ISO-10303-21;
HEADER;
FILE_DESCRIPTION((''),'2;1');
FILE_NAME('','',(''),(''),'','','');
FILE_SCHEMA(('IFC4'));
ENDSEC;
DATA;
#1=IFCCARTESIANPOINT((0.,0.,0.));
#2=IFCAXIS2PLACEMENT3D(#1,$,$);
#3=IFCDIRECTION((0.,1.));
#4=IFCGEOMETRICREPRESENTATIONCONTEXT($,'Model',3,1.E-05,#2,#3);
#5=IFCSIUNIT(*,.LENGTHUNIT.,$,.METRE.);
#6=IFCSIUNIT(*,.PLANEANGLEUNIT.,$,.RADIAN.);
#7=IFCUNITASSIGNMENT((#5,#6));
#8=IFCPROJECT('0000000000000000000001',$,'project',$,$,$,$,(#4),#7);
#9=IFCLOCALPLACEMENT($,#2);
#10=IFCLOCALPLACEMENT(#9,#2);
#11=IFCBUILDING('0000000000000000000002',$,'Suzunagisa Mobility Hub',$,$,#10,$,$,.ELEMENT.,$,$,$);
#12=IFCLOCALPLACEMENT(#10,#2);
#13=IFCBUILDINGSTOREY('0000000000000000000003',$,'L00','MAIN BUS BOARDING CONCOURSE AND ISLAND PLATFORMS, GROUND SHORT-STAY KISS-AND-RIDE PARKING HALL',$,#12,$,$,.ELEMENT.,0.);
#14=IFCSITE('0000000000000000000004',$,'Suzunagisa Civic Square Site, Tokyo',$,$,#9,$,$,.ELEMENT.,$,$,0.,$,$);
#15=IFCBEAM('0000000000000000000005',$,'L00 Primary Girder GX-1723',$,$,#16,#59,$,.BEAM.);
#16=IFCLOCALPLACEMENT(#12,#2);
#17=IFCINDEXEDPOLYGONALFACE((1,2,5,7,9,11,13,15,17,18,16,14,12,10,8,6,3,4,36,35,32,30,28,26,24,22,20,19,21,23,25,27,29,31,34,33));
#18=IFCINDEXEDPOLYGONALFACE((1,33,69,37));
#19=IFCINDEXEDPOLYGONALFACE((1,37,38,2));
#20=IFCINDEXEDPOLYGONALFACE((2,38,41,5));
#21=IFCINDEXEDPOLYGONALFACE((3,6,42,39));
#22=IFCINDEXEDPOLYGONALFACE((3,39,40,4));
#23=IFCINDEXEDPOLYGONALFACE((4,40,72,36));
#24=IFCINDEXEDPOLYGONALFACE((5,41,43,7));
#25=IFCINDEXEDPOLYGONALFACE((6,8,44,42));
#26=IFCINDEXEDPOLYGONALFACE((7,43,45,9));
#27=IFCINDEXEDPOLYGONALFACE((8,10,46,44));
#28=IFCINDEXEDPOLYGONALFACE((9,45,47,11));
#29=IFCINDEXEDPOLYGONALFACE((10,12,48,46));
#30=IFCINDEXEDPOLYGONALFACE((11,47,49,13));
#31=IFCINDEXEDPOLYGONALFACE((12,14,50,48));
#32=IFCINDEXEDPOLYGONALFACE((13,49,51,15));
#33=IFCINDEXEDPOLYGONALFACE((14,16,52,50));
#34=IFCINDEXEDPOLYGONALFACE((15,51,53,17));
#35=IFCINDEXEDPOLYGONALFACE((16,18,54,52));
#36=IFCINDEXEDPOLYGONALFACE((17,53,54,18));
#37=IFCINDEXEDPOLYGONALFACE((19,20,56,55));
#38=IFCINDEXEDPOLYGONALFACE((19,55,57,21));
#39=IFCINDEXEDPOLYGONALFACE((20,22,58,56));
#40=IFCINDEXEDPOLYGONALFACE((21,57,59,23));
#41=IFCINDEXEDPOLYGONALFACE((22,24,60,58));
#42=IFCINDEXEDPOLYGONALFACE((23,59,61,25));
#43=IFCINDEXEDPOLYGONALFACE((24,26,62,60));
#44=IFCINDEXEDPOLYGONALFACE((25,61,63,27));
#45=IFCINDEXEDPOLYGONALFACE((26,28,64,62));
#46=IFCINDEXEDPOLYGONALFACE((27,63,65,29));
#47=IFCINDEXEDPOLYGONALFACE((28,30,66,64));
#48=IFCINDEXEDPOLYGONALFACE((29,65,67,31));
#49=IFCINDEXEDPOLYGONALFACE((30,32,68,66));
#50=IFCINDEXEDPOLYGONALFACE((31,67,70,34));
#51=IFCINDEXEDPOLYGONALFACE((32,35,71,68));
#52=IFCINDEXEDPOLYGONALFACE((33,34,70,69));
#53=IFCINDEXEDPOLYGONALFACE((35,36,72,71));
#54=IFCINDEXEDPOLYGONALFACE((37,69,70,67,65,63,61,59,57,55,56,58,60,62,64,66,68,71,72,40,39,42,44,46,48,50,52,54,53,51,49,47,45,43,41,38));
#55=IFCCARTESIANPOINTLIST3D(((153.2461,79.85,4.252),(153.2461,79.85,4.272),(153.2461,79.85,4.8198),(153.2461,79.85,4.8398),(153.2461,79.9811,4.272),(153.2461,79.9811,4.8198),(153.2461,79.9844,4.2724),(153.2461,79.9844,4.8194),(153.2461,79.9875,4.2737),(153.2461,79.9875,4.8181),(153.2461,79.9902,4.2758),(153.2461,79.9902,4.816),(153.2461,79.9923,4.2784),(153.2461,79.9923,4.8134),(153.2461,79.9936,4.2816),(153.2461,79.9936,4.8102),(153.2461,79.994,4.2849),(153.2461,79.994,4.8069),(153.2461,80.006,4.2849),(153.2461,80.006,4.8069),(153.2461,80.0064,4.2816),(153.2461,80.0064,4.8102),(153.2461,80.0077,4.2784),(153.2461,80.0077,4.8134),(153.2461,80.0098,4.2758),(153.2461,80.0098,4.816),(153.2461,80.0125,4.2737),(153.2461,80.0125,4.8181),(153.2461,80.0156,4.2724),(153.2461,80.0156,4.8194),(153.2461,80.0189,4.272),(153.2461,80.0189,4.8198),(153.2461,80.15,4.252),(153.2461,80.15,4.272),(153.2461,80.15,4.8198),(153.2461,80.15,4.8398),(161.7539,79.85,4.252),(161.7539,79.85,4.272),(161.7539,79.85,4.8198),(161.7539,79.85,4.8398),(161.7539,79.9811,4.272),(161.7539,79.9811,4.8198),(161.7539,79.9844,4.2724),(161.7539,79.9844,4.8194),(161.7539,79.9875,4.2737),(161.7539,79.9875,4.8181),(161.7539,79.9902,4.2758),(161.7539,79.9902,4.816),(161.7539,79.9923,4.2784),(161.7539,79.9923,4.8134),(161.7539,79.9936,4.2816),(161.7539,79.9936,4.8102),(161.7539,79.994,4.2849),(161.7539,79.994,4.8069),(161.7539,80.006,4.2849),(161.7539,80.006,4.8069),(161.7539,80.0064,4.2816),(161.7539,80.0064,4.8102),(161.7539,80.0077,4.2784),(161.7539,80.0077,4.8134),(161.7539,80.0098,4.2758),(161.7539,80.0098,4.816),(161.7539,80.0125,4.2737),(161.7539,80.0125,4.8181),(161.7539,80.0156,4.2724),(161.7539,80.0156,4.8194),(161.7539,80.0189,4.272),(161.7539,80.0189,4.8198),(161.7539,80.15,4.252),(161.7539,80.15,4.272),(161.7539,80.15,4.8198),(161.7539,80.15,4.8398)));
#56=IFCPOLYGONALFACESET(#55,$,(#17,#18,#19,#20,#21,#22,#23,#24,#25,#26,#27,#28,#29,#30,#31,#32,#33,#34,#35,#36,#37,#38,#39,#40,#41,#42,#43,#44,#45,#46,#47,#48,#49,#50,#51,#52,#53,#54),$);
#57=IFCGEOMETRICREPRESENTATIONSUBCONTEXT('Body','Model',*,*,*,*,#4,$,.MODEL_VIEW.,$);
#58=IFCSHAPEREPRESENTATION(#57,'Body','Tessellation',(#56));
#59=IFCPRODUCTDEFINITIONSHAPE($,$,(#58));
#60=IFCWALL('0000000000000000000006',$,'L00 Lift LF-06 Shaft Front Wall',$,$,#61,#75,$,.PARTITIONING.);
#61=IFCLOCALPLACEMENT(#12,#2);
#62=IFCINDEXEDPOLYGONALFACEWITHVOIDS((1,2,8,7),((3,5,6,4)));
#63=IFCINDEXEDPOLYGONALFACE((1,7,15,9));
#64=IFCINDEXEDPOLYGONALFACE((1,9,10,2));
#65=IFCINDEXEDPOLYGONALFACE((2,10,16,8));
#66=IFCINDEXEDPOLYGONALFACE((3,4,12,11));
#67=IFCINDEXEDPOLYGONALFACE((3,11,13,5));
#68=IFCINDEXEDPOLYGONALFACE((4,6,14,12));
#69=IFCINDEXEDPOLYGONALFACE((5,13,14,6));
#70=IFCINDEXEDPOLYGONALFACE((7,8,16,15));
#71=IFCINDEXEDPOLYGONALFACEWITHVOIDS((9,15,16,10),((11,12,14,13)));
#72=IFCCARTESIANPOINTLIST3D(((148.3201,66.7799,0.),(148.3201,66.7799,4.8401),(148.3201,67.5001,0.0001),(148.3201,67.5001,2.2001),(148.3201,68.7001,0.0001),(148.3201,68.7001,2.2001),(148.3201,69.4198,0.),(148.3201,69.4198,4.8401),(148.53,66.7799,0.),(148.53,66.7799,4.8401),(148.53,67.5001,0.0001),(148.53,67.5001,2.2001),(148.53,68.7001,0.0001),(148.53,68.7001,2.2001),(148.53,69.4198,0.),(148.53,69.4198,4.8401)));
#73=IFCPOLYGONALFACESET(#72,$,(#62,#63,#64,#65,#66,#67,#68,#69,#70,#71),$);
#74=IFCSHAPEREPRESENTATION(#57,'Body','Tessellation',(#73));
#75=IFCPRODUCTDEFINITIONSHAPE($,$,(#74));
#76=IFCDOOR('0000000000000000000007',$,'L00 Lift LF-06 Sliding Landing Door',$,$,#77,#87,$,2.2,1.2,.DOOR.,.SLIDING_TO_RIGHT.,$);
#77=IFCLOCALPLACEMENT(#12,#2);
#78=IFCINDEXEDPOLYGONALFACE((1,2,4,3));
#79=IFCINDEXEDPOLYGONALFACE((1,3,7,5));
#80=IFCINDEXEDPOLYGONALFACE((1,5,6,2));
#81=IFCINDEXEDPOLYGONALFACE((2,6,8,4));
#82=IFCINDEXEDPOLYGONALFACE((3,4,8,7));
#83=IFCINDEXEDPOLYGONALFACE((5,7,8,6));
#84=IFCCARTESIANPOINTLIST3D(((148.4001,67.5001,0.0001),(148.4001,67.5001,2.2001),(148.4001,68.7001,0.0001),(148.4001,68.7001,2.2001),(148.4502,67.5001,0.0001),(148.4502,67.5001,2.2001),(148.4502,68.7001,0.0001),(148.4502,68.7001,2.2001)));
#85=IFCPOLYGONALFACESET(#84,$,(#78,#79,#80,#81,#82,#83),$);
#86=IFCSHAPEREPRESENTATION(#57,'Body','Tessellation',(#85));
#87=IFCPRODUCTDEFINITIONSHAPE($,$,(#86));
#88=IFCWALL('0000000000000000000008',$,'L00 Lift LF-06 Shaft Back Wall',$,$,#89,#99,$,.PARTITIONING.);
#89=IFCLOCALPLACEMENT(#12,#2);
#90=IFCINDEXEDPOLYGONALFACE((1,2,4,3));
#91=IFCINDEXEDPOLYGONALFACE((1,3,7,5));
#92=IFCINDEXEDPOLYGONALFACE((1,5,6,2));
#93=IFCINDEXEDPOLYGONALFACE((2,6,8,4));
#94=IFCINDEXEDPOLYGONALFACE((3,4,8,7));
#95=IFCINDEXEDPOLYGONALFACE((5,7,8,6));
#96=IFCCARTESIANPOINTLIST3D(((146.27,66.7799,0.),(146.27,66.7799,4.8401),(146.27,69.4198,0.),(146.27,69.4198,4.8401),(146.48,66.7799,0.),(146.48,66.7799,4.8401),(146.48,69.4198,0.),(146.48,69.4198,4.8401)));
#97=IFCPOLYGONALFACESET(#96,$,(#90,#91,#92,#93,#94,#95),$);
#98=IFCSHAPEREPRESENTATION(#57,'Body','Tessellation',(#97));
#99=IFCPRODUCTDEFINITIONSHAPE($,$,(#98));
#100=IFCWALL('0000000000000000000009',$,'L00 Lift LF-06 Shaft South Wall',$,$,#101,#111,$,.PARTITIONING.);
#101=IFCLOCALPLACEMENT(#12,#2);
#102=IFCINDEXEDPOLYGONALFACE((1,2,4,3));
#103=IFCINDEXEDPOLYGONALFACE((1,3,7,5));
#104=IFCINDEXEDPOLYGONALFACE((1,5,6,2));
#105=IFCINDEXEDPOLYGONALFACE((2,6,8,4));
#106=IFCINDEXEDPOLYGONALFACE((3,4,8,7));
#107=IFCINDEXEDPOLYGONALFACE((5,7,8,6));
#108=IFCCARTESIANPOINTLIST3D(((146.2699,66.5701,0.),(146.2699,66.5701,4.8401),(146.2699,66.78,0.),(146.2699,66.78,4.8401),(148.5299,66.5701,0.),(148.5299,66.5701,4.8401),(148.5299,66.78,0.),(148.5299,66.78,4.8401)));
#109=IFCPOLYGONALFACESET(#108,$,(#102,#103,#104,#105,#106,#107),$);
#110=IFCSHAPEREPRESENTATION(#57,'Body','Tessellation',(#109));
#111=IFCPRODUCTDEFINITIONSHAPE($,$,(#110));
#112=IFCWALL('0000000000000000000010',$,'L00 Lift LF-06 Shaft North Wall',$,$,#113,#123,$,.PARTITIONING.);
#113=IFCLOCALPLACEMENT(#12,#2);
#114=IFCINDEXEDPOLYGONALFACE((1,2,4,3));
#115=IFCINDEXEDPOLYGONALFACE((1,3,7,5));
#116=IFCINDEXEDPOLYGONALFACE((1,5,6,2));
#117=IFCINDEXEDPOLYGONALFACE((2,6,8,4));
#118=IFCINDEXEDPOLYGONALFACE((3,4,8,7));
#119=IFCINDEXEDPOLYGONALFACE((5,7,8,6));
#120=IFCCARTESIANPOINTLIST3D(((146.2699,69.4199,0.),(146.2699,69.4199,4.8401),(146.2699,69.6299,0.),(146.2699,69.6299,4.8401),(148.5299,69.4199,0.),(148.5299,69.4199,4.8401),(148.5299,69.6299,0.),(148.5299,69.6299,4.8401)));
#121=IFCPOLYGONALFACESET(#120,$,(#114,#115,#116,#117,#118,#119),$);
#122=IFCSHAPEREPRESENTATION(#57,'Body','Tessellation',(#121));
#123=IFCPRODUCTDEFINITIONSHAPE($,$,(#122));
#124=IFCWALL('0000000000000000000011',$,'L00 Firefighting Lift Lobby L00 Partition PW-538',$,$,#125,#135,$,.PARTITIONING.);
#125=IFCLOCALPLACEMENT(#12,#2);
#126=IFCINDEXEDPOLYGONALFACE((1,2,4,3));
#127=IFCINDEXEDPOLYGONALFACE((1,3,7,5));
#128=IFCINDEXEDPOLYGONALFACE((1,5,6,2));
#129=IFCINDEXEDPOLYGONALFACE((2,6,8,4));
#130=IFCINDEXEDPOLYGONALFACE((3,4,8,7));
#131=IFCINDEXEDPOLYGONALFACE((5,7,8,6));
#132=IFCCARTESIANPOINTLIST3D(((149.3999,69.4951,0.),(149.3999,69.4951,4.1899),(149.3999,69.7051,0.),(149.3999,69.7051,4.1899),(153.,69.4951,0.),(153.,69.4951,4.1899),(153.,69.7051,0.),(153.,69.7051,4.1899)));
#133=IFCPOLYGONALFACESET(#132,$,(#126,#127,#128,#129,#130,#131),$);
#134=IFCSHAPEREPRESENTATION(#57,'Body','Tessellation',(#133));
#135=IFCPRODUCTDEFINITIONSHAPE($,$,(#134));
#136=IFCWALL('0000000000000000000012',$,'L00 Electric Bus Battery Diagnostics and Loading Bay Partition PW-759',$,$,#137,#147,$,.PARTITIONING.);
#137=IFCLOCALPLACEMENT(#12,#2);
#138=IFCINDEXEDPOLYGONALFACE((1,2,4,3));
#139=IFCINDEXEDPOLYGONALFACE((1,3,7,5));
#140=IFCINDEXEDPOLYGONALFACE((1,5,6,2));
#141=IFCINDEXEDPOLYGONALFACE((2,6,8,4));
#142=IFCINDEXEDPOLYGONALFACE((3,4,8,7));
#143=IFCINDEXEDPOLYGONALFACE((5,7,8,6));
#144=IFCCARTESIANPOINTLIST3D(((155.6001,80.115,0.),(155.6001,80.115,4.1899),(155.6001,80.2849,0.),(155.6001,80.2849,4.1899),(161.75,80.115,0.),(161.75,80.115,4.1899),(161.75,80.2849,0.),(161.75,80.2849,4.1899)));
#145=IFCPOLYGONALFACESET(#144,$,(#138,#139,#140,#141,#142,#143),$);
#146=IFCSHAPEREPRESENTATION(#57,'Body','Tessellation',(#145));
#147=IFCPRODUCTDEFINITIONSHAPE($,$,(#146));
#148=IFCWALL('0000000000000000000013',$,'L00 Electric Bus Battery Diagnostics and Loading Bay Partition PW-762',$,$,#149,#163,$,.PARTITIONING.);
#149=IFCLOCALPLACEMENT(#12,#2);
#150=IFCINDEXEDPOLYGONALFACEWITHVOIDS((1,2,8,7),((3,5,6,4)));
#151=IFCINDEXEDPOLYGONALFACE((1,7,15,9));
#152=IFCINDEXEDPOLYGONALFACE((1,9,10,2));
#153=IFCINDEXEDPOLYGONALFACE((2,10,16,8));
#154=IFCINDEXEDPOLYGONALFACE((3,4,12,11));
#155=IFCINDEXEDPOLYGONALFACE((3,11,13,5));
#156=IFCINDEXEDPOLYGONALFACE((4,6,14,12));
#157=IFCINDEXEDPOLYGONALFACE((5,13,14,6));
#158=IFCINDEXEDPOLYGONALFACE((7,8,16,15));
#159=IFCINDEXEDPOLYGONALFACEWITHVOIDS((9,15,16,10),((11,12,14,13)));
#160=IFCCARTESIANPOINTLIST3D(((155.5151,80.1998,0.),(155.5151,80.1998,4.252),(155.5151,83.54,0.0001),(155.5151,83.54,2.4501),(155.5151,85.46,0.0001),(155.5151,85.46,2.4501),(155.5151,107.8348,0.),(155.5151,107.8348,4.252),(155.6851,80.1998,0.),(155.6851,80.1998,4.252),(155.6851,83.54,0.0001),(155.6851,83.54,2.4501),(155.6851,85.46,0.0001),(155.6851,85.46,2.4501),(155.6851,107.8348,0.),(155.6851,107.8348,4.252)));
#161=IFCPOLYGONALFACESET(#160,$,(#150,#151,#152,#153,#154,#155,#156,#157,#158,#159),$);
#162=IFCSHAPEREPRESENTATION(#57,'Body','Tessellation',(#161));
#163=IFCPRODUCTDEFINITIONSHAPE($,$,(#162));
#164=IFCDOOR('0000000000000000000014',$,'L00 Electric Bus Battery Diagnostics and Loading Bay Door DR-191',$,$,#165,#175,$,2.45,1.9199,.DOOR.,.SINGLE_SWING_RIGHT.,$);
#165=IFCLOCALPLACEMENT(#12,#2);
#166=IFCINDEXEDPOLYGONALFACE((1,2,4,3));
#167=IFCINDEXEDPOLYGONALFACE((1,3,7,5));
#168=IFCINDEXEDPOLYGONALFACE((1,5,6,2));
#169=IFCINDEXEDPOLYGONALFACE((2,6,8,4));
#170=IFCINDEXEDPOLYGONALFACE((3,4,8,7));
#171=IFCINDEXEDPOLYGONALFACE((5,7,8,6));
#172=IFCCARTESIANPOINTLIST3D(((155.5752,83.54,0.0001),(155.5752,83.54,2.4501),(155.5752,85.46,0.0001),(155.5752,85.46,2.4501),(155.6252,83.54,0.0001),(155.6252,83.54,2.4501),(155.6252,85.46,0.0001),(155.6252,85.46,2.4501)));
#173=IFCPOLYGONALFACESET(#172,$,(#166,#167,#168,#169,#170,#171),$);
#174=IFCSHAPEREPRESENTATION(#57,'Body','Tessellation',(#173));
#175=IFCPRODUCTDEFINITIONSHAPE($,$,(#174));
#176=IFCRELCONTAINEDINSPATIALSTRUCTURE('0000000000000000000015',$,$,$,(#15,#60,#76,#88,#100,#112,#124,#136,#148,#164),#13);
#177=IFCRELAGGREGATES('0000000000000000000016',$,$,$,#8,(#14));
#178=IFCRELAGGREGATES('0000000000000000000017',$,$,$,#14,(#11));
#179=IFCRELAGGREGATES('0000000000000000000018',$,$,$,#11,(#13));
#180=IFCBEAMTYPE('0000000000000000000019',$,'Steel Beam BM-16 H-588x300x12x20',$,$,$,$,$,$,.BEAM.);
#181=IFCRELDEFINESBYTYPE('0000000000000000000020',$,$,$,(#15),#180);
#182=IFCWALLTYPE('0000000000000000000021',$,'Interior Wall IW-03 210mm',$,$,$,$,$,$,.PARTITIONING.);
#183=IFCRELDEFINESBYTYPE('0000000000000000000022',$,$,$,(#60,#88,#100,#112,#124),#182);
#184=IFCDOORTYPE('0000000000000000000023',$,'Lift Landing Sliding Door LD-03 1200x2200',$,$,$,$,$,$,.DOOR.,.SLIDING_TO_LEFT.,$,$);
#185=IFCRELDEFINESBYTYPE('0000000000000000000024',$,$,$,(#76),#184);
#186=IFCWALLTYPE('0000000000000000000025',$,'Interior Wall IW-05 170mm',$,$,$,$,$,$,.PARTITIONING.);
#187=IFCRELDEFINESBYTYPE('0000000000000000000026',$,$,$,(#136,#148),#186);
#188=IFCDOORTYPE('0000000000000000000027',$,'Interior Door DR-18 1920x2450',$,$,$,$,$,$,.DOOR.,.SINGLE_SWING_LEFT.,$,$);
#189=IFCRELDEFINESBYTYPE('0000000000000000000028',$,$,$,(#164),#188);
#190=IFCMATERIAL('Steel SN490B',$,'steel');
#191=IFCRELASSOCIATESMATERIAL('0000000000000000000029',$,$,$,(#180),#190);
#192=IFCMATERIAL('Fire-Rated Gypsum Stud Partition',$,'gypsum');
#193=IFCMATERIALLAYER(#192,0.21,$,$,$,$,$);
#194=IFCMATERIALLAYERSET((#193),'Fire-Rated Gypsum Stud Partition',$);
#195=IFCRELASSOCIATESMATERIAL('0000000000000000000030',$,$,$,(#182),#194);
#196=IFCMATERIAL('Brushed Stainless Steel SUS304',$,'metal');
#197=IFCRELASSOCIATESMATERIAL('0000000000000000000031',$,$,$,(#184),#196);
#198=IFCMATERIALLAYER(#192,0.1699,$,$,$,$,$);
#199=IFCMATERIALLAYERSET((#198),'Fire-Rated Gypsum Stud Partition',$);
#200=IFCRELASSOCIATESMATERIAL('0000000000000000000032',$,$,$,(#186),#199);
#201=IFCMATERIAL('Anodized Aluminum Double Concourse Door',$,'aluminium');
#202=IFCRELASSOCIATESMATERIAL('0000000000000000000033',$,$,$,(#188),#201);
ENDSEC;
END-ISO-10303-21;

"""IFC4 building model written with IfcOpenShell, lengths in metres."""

from ifc_helpers import new_model, si_unit, direction, frame, frame_2d, origin, origin_2d, place, context, subcontext, project, spatial, rectangle, i_section, extrude, material, layer, layer_set, material_profile, profile_set, type_object, element, fill, save


model = new_model("IFC4")

# Units and contexts
model_context = context("Model", 3, precision=1e-05, world=origin(), true_north=direction((0.0, 1.0)))
body_context = subcontext(model_context, "Body", "Model", "MODEL_VIEW")
ifc_project = project(units=[si_unit("LENGTHUNIT", "METRE"), si_unit("PLANEANGLEUNIT", "RADIAN")], contexts=[model_context])

# Site, building, storey
site_placement = place(None, origin())
site = spatial("IfcSite", under=ifc_project, at=site_placement, Name="Suzunagisa Civic Square Site, Tokyo", CompositionType="ELEMENT", RefElevation=0.0)
building_placement = place(site_placement, origin())
building = spatial("IfcBuilding", under=site, at=building_placement, Name="Suzunagisa Mobility Hub", CompositionType="ELEMENT")
storey_placement = place(building_placement, origin())
storey = spatial("IfcBuildingStorey", under=building, at=storey_placement, Name="L00", Description="MAIN BUS BOARDING CONCOURSE AND ISLAND PLATFORMS, GROUND SHORT-STAY KISS-AND-RIDE PARKING HALL", CompositionType="ELEMENT", Elevation=0.0)

# Shared definitions
ifc_material_1 = material(Name="Steel SN490B", Category="steel")

# Beam
ifc_material_profile_1 = material_profile(ifc_material_1, i_section(OverallWidth=0.3, OverallDepth=0.5879, WebThickness=0.012, FlangeThickness=0.02, FilletRadius=0.0129, at=origin_2d()), Name="H-588x300x12x20")
ifc_profile_set_1 = profile_set([ifc_material_profile_1], Name="Steel SN490B")
beam_type_1 = type_object("IfcBeamType", Name="Steel Beam BM-16 H-588x300x12x20", PredefinedType="BEAM", material=ifc_profile_set_1)
for number, where, z_axis, x_axis, name in (
    (1, (153.2461, 80.0, 4.5459), (1.0, 0.0, 0.0), (0.0, 1.0, 0.0), "L00 Primary Girder GX-1723"),
):
    element("IfcBeam", number, at=place(storey_placement, frame(where, z_axis=z_axis, x_axis=x_axis)), inside=storey, type_object=beam_type_1, Name=name, PredefinedType="BEAM", context=body_context, shape_type="SweptSolid", body=[
        extrude(i_section(OverallWidth=0.3, OverallDepth=0.5879, WebThickness=0.012, FlangeThickness=0.02, FilletRadius=0.0129, at=origin_2d()), origin(), (0.0, 0.0, 1.0), 8.5078),
    ])

# Wall, opening, door
ifc_material_2 = material(Name="Fire-Rated Gypsum Stud Partition", Category="gypsum")
ifc_layer_1 = layer(ifc_material_2, 0.21)
ifc_layer_set_1 = layer_set([ifc_layer_1], Name="Fire-Rated Gypsum Stud Partition")
wall_type_1 = type_object("IfcWallType", Name="Interior Wall IW-03 210mm", PredefinedType="PARTITIONING", material=ifc_layer_set_1)
wall_1_placement = place(storey_placement, frame((148.425, 66.78, 0.0), z_axis=(0.0, 0.0, 1.0), x_axis=(0.0, 1.0, 0.0)))
wall_1 = element("IfcWall", 2, at=wall_1_placement, inside=storey, type_object=wall_type_1, Name="L00 Lift LF-06 Shaft Front Wall", PredefinedType="PARTITIONING", context=body_context, shape_type="SweptSolid", body=[
    extrude(rectangle(XDim=2.6399, YDim=0.21, at=frame_2d((1.3198, 0.0))), origin(), (0.0, 0.0, 1.0), 4.8401),
])
opening_1_placement = place(wall_1_placement, frame((0.72, 0.0, 0.0)))
opening_1 = element("IfcOpeningElement", 3, at=opening_1_placement, cuts=wall_1, PredefinedType="OPENING", context=body_context, shape_type="SweptSolid", body=[
    extrude(rectangle(XDim=1.2, YDim=2.2, at=frame_2d((0.6001, 1.1001))), frame((0.0, 0.116, 0.0), z_axis=(0.0, -1.0, 0.0), x_axis=(1.0, 0.0, 0.0)), (0.0, 0.0, 1.0), 0.2319),
])
ifc_material_3 = material(Name="Brushed Stainless Steel SUS304", Category="metal")
door_type_1 = type_object("IfcDoorType", Name="Lift Landing Sliding Door LD-03 1200x2200", OperationType="SLIDING_TO_LEFT", PredefinedType="DOOR", material=ifc_material_3)
door_1_placement = place(opening_1_placement, origin())
door_1 = element("IfcDoor", 4, at=door_1_placement, inside=storey, type_object=door_type_1, Name="L00 Lift LF-06 Sliding Landing Door", OperationType="SLIDING_TO_RIGHT", OverallHeight=2.2, OverallWidth=1.2, PredefinedType="DOOR", context=body_context, shape_type="SweptSolid", body=[
    extrude(rectangle(XDim=1.2, YDim=2.2, at=frame_2d((0.6001, 1.1001))), frame((0.0, 0.0249, 0.0), z_axis=(0.0, -1.0, 0.0), x_axis=(1.0, 0.0, 0.0)), (0.0, 0.0, 1.0), 0.05),
])
fill(opening_1, door_1)

# Walls
wall_2_placement = place(storey_placement, frame((146.375, 66.78, 0.0), z_axis=(0.0, 0.0, 1.0), x_axis=(0.0, 1.0, 0.0)))
element("IfcWall", 5, at=wall_2_placement, inside=storey, type_object=wall_type_1, Name="L00 Lift LF-06 Shaft Back Wall", PredefinedType="PARTITIONING", context=body_context, shape_type="SweptSolid", body=[
    extrude(rectangle(XDim=2.6399, YDim=0.21, at=frame_2d((1.3198, 0.0))), origin(), (0.0, 0.0, 1.0), 4.8401),
])
for number, where, z_axis, x_axis, name in (
    (6, (146.27, 66.675, 0.0), (0.0, 0.0, 1.0), (1.0, 0.0, 0.0), "L00 Lift LF-06 Shaft South Wall"),
    (7, (146.27, 69.5249, 0.0), (0.0, 0.0, 1.0), (1.0, 0.0, 0.0), "L00 Lift LF-06 Shaft North Wall"),
):
    element("IfcWall", number, at=place(storey_placement, frame(where, z_axis=z_axis, x_axis=x_axis)), inside=storey, type_object=wall_type_1, Name=name, PredefinedType="PARTITIONING", context=body_context, shape_type="SweptSolid", body=[
        extrude(rectangle(XDim=2.26, YDim=0.21, at=frame_2d((1.1299, 0.0))), origin(), (0.0, 0.0, 1.0), 4.8401),
    ])
wall_3_placement = place(storey_placement, frame((149.3999, 69.6001, 0.0), z_axis=(0.0, 0.0, 1.0), x_axis=(1.0, 0.0, 0.0)))
element("IfcWall", 8, at=wall_3_placement, inside=storey, type_object=wall_type_1, Name="L00 Firefighting Lift Lobby L00 Partition PW-538", PredefinedType="PARTITIONING", context=body_context, shape_type="SweptSolid", body=[
    extrude(rectangle(XDim=3.6001, YDim=0.21, at=frame_2d((1.8, 0.0))), origin(), (0.0, 0.0, 1.0), 4.1899),
])
ifc_layer_2 = layer(ifc_material_2, 0.1699)
ifc_layer_set_2 = layer_set([ifc_layer_2], Name="Fire-Rated Gypsum Stud Partition")
wall_type_2 = type_object("IfcWallType", Name="Interior Wall IW-05 170mm", PredefinedType="PARTITIONING", material=ifc_layer_set_2)
wall_4_placement = place(storey_placement, frame((155.6001, 80.2, 0.0), z_axis=(0.0, 0.0, 1.0), x_axis=(1.0, 0.0, 0.0)))
element("IfcWall", 9, at=wall_4_placement, inside=storey, type_object=wall_type_2, Name="L00 Electric Bus Battery Diagnostics and Loading Bay Partition PW-759", PredefinedType="PARTITIONING", context=body_context, shape_type="SweptSolid", body=[
    extrude(rectangle(XDim=6.1499, YDim=0.1699, at=frame_2d((3.075, 0.0))), origin(), (0.0, 0.0, 1.0), 4.1899),
])

# Wall, opening, door
wall_5_placement = place(storey_placement, frame((155.6001, 80.2, 0.0), z_axis=(0.0, 0.0, 1.0), x_axis=(0.0, 1.0, 0.0)))
wall_5 = element("IfcWall", 10, at=wall_5_placement, inside=storey, type_object=wall_type_2, Name="L00 Electric Bus Battery Diagnostics and Loading Bay Partition PW-762", PredefinedType="PARTITIONING", context=body_context, shape_type="SweptSolid", body=[
    extrude(rectangle(XDim=27.635, YDim=0.1699, at=frame_2d((13.8174, 0.0))), origin(), (0.0, 0.0, 1.0), 4.252),
])
opening_2_placement = place(wall_5_placement, frame((3.3401, 0.0, 0.0)))
opening_2 = element("IfcOpeningElement", 11, at=opening_2_placement, cuts=wall_5, PredefinedType="OPENING", context=body_context, shape_type="SweptSolid", body=[
    extrude(rectangle(XDim=1.9199, YDim=2.45, at=frame_2d((0.96, 1.2251))), frame((0.0, 0.0959, 0.0), z_axis=(0.0, -1.0, 0.0), x_axis=(1.0, 0.0, 0.0)), (0.0, 0.0, 1.0), 0.1919),
])
ifc_material_4 = material(Name="Anodized Aluminum Double Concourse Door", Category="aluminium")
door_type_2 = type_object("IfcDoorType", Name="Interior Door DR-18 1920x2450", OperationType="SINGLE_SWING_LEFT", PredefinedType="DOOR", material=ifc_material_4)
door_2_placement = place(opening_2_placement, origin())
door_2 = element("IfcDoor", 12, at=door_2_placement, inside=storey, type_object=door_type_2, Name="L00 Electric Bus Battery Diagnostics and Loading Bay Door DR-191", OperationType="SINGLE_SWING_RIGHT", OverallHeight=2.45, OverallWidth=1.9199, PredefinedType="DOOR", context=body_context, shape_type="SweptSolid", body=[
    extrude(rectangle(XDim=1.9199, YDim=2.45, at=frame_2d((0.96, 1.2251))), frame((0.0, 0.0249, 0.0), z_axis=(0.0, -1.0, 0.0), x_axis=(1.0, 0.0, 0.0)), (0.0, 0.0, 1.0), 0.05),
])
fill(opening_2, door_2)

save(model, "model.ifc")
